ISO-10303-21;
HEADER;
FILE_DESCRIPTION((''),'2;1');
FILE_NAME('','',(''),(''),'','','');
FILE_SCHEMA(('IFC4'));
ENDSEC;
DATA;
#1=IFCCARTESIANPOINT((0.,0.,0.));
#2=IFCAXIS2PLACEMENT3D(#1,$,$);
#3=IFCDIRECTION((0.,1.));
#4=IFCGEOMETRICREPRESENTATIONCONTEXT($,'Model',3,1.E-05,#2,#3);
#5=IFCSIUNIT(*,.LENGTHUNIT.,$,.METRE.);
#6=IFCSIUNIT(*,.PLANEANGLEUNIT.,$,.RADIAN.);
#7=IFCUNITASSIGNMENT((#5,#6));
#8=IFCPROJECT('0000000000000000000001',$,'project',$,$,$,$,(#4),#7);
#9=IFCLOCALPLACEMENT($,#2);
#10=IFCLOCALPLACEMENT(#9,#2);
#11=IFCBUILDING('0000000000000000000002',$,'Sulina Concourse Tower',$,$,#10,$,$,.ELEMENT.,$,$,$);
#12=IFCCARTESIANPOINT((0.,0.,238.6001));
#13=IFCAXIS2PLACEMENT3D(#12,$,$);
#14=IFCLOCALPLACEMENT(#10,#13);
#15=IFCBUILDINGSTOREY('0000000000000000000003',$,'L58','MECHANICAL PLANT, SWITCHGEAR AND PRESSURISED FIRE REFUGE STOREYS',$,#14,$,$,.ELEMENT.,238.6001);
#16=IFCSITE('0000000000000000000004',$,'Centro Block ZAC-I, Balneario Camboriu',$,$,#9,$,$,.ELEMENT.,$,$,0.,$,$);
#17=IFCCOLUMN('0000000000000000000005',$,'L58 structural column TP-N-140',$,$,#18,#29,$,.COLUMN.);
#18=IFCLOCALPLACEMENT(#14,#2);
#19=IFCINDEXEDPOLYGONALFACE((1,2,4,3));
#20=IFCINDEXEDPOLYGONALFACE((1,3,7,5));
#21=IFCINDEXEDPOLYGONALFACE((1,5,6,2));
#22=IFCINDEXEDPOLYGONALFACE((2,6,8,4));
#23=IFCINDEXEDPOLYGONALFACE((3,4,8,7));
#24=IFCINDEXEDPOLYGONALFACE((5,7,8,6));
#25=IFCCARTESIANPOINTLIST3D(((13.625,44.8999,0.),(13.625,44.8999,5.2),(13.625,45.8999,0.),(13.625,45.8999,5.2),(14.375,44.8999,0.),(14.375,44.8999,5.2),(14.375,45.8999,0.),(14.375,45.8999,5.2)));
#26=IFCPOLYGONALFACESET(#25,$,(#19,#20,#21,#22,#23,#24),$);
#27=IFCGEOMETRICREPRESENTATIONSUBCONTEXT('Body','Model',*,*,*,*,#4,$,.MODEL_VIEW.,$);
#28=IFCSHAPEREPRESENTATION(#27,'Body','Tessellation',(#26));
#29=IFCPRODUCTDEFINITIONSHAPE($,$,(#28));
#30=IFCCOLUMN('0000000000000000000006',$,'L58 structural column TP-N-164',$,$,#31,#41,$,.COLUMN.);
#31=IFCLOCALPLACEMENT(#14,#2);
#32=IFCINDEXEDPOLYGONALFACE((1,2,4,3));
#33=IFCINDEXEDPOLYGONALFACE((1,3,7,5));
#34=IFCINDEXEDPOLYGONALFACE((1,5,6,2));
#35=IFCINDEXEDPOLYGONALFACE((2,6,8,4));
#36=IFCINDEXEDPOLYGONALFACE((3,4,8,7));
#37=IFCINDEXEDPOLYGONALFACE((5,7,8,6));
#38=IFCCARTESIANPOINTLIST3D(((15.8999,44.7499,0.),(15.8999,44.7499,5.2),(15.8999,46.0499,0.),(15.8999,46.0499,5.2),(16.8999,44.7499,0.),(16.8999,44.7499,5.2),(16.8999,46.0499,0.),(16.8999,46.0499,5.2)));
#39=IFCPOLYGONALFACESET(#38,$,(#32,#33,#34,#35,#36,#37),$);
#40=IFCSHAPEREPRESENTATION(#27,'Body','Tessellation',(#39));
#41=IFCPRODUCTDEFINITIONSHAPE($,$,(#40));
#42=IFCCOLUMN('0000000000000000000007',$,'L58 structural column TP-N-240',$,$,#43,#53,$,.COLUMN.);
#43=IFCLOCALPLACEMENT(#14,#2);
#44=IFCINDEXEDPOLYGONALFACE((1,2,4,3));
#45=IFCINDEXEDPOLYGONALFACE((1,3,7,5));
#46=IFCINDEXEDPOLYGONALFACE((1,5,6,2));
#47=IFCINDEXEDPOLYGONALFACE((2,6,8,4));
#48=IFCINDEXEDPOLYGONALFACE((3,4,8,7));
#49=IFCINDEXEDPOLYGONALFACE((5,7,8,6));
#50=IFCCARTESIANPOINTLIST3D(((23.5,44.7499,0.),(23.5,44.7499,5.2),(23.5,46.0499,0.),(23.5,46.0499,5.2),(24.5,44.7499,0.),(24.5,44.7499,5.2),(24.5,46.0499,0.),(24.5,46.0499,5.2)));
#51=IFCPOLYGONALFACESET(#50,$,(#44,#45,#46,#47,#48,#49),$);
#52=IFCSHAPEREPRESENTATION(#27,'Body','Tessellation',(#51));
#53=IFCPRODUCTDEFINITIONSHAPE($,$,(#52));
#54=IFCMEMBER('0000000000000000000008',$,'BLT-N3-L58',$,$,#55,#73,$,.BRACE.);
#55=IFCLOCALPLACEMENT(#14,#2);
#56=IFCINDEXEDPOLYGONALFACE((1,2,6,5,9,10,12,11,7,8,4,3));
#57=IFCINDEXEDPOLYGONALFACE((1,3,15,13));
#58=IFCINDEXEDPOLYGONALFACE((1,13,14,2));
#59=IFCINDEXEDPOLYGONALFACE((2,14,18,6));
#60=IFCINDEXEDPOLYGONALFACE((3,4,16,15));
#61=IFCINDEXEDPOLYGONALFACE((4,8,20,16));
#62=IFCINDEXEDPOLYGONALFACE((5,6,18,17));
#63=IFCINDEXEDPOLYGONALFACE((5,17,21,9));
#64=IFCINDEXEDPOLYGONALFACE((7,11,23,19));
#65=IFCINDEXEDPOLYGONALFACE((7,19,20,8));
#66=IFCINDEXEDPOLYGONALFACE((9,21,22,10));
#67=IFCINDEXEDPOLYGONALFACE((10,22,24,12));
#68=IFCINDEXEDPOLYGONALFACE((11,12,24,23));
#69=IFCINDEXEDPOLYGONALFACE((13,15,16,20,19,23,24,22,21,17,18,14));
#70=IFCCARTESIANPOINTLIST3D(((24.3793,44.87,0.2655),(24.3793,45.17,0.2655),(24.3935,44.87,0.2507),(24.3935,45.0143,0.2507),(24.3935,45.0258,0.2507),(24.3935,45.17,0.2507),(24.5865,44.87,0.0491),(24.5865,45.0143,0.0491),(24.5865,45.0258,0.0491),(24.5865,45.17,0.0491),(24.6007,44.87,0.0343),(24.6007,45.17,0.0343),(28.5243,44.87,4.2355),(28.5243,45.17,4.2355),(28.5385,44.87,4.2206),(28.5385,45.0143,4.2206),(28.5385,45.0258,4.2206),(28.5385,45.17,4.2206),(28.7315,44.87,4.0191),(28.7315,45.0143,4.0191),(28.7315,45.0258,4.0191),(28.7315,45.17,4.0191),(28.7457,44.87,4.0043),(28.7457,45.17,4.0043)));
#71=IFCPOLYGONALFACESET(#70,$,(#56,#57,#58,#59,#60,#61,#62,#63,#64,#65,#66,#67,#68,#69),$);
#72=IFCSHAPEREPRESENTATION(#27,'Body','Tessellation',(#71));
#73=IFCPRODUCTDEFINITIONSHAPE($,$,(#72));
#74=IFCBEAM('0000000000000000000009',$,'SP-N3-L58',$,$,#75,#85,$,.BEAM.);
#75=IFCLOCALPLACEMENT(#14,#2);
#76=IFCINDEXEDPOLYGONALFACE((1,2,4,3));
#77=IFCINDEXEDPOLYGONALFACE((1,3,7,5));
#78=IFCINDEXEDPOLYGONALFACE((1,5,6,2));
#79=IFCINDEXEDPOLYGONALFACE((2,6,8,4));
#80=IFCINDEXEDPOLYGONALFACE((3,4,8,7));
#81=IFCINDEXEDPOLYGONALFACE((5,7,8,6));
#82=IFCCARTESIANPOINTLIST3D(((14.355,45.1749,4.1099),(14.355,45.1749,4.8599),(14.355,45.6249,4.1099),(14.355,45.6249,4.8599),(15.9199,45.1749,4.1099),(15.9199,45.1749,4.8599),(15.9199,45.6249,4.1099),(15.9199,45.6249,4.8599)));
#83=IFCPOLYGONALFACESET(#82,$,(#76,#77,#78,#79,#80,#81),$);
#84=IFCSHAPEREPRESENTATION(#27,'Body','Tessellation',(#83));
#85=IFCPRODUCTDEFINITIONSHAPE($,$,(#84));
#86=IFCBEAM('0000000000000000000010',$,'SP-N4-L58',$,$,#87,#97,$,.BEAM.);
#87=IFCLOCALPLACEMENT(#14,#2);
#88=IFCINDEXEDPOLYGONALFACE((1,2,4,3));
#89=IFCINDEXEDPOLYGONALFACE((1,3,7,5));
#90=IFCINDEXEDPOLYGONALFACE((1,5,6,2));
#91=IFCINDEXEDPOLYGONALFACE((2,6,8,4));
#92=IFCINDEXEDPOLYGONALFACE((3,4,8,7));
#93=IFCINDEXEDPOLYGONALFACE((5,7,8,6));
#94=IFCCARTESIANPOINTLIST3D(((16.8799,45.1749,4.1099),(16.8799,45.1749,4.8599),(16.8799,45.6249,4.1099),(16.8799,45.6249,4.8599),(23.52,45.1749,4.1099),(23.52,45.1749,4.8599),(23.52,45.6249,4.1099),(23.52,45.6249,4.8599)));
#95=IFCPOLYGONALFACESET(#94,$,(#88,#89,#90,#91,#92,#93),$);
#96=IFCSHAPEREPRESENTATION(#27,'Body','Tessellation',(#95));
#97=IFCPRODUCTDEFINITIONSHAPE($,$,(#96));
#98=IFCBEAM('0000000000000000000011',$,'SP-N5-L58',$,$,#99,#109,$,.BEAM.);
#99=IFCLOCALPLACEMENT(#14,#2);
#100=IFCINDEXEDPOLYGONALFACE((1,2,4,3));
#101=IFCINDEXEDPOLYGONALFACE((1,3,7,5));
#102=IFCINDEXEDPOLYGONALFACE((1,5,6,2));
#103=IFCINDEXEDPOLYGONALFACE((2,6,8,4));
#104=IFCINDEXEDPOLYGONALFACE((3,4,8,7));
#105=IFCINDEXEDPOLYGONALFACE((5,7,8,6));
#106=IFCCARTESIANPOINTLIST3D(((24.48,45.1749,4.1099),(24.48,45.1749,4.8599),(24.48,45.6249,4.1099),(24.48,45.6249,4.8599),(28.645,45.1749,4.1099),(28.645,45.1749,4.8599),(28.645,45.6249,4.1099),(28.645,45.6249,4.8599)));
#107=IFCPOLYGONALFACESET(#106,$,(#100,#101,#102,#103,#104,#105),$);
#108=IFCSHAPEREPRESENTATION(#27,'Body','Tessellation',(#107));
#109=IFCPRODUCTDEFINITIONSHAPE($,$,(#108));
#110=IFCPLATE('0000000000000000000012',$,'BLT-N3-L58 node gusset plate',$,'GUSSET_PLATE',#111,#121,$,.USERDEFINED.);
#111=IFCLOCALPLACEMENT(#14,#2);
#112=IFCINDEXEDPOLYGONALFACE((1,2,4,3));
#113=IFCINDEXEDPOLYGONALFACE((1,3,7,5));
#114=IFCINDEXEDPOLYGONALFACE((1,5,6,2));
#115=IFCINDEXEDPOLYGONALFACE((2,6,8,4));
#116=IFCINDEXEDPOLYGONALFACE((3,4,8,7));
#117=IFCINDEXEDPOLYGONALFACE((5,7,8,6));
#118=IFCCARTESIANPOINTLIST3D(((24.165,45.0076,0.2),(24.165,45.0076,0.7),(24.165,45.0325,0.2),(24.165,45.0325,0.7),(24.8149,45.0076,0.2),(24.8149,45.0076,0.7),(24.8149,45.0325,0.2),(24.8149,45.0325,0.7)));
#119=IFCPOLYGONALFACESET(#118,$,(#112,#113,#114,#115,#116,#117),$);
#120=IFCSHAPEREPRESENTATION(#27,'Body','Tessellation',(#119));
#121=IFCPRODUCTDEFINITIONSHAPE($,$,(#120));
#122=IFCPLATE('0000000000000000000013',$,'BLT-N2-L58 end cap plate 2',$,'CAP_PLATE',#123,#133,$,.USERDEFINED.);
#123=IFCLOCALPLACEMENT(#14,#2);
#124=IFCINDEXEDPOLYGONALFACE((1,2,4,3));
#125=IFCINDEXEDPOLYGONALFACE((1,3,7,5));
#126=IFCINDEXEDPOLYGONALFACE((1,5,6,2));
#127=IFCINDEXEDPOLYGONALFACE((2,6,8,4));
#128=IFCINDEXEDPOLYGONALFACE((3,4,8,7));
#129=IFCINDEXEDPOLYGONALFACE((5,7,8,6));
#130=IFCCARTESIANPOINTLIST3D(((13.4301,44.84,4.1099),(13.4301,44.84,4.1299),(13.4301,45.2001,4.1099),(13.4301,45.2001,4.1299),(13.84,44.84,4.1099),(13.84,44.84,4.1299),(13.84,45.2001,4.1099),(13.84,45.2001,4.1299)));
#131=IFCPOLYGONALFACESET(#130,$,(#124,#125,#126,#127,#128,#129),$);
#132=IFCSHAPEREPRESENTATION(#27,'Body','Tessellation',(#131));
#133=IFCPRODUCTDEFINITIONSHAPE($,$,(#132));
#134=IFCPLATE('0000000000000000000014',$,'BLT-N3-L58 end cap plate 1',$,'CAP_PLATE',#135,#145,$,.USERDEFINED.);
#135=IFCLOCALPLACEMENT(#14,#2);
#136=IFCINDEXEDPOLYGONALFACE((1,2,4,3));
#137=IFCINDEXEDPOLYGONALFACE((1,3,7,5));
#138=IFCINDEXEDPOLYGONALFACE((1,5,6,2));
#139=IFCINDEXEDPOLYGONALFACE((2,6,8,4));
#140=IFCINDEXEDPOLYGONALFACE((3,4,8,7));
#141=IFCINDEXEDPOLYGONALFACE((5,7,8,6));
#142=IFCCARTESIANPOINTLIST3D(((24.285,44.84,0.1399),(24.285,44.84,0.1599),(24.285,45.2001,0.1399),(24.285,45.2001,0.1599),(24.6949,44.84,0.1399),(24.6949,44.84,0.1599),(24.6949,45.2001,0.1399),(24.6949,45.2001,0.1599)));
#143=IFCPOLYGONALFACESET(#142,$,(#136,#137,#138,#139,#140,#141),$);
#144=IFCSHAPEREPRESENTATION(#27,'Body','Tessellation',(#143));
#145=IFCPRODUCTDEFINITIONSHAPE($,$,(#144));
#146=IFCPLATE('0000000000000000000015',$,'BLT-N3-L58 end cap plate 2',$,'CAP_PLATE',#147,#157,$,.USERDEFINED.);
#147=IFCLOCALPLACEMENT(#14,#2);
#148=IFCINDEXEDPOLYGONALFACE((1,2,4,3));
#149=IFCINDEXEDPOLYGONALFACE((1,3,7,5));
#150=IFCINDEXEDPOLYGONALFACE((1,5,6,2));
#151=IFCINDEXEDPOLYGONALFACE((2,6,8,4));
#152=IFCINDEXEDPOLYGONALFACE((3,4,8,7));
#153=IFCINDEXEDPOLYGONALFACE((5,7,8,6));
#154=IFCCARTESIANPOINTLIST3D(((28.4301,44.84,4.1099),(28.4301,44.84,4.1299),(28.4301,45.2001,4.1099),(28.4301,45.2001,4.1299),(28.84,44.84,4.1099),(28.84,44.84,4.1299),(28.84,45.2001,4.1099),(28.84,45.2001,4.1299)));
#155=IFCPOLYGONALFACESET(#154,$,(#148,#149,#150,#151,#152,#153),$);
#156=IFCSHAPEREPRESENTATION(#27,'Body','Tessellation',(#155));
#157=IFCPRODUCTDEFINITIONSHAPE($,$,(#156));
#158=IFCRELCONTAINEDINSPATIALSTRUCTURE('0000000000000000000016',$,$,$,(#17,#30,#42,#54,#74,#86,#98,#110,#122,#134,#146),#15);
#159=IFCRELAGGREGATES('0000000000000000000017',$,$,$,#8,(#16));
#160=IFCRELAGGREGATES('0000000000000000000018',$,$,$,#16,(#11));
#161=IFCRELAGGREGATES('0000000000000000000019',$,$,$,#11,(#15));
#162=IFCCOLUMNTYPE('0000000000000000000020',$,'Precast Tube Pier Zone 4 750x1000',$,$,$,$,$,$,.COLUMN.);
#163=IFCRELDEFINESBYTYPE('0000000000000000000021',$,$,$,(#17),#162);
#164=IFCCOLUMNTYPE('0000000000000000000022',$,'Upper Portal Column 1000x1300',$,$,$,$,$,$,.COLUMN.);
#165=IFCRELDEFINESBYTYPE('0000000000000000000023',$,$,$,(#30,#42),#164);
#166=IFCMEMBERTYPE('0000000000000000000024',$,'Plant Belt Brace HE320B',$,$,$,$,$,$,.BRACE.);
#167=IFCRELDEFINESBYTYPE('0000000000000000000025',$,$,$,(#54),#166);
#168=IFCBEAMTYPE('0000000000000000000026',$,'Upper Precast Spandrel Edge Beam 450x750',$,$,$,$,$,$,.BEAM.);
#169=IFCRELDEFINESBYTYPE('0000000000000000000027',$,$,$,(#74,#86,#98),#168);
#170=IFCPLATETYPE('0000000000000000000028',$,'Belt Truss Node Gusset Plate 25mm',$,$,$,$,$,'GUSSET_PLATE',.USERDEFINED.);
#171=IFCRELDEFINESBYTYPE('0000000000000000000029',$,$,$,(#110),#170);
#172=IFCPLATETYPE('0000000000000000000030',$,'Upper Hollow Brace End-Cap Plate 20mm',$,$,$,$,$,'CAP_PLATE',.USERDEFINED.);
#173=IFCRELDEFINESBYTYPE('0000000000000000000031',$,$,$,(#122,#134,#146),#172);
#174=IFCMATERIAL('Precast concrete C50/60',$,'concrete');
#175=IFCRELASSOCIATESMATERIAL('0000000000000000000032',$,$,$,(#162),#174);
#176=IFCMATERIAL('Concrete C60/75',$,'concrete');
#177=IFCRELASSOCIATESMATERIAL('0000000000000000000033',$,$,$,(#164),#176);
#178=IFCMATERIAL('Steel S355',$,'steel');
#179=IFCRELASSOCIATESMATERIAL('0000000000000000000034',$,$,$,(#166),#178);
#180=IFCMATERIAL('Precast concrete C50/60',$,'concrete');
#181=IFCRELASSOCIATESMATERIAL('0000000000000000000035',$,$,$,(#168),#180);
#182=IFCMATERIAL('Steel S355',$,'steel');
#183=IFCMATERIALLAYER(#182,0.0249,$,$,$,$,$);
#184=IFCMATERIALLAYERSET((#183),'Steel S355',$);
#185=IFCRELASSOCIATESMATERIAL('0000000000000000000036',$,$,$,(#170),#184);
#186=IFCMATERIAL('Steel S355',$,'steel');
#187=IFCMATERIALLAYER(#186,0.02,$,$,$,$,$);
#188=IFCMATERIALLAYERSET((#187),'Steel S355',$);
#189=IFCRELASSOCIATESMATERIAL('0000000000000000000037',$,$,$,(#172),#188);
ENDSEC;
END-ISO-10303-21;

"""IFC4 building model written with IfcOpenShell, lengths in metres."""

from ifc_helpers import new_model, si_unit, direction, frame, origin, origin_2d, place, context, subcontext, project, spatial, rectangle, i_section, extrude, material, layer, layer_set, material_profile, profile_set, type_object, element, save


model = new_model("IFC4")

# Units and contexts
model_context = context("Model", 3, precision=1e-05, world=origin(), true_north=direction((0.0, 1.0)))
body_context = subcontext(model_context, "Body", "Model", "MODEL_VIEW")
ifc_project = project(units=[si_unit("LENGTHUNIT", "METRE"), si_unit("PLANEANGLEUNIT", "RADIAN")], contexts=[model_context])

# Site, building, storey
site_placement = place(None, origin())
site = spatial("IfcSite", under=ifc_project, at=site_placement, Name="Centro Block ZAC-I, Balneario Camboriu", CompositionType="ELEMENT", RefElevation=0.0)
building_placement = place(site_placement, origin())
building = spatial("IfcBuilding", under=site, at=building_placement, Name="Sulina Concourse Tower", CompositionType="ELEMENT")
storey_placement = place(building_placement, frame((0.0, 0.0, 238.6001)))
storey = spatial("IfcBuildingStorey", under=building, at=storey_placement, Name="L58", Description="MECHANICAL PLANT, SWITCHGEAR AND PRESSURISED FIRE REFUGE STOREYS", CompositionType="ELEMENT", Elevation=238.6001)

# Columns
ifc_material_1 = material(Name="Precast concrete C50/60", Category="concrete")
ifc_material_profile_1 = material_profile(ifc_material_1, rectangle(XDim=0.75, YDim=1.0, at=origin_2d()), Name="PC 750x1000")
ifc_profile_set_1 = profile_set([ifc_material_profile_1], Name="Precast concrete C50/60")
column_type_1 = type_object("IfcColumnType", Name="Precast Tube Pier Zone 4 750x1000", PredefinedType="COLUMN", material=ifc_profile_set_1)
column_placement = place(storey_placement, frame((14.0, 45.3999, 0.0), z_axis=(0.0, 0.0, 1.0), x_axis=(1.0, 0.0, 0.0)))
element("IfcColumn", 1, at=column_placement, inside=storey, type_object=column_type_1, Name="L58 structural column TP-N-140", PredefinedType="COLUMN", context=body_context, shape_type="SweptSolid", body=[
    extrude(rectangle(XDim=0.75, YDim=1.0, at=origin_2d()), origin(), (0.0, 0.0, 1.0), 5.2),
])
ifc_material_2 = material(Name="Concrete C60/75", Category="concrete")
ifc_material_profile_2 = material_profile(ifc_material_2, rectangle(XDim=1.0, YDim=1.3, at=origin_2d()), Name="RC 1000x1300")
ifc_profile_set_2 = profile_set([ifc_material_profile_2], Name="Concrete C60/75")
column_type_2 = type_object("IfcColumnType", Name="Upper Portal Column 1000x1300", PredefinedType="COLUMN", material=ifc_profile_set_2)
for number, where, z_axis, x_axis, name in (
    (2, (16.3999, 45.3999, 0.0), (0.0, 0.0, 1.0), (1.0, 0.0, 0.0), "L58 structural column TP-N-164"),
    (3, (24.0, 45.3999, 0.0), (0.0, 0.0, 1.0), (1.0, 0.0, 0.0), "L58 structural column TP-N-240"),
):
    element("IfcColumn", number, at=place(storey_placement, frame(where, z_axis=z_axis, x_axis=x_axis)), inside=storey, type_object=column_type_2, Name=name, PredefinedType="COLUMN", context=body_context, shape_type="SweptSolid", body=[
        extrude(rectangle(XDim=1.0, YDim=1.3, at=origin_2d()), origin(), (0.0, 0.0, 1.0), 5.2),
    ])

# Member
ifc_material_3 = material(Name="Steel S355", Category="steel")
ifc_material_profile_3 = material_profile(ifc_material_3, i_section(OverallWidth=0.3, OverallDepth=0.3201, WebThickness=0.0115, FlangeThickness=0.0205, at=origin_2d()), Name="HE 320 B")
ifc_profile_set_3 = profile_set([ifc_material_profile_3], Name="Steel S355")
member_type = type_object("IfcMemberType", Name="Plant Belt Brace HE320B", PredefinedType="BRACE", material=ifc_profile_set_3)
member_placement = place(storey_placement, frame((24.49, 45.02, 0.1499), z_axis=(0.722192, 0.0, 0.691693), x_axis=(0.0, 1.0, 0.0)))
element("IfcMember", 4, at=member_placement, inside=storey, type_object=member_type, Name="BLT-N3-L58", PredefinedType="BRACE", context=body_context, shape_type="SweptSolid", body=[
    extrude(i_section(OverallWidth=0.3, OverallDepth=0.3201, WebThickness=0.0115, FlangeThickness=0.0205, at=origin_2d()), origin(), (0.0, 0.0, 1.0), 5.7395),
])

# Beams
ifc_material_4 = material(Name="Precast concrete C50/60", Category="concrete")
ifc_material_profile_4 = material_profile(ifc_material_4, rectangle(XDim=0.45, YDim=0.75, at=origin_2d()), Name="RC 450x750")
ifc_profile_set_4 = profile_set([ifc_material_profile_4], Name="Precast concrete C50/60")
beam_type = type_object("IfcBeamType", Name="Upper Precast Spandrel Edge Beam 450x750", PredefinedType="BEAM", material=ifc_profile_set_4)
beam_1_placement = place(storey_placement, frame((14.355, 45.3999, 4.4849), z_axis=(1.0, 0.0, 0.0), x_axis=(0.0, 1.0, 0.0)))
element("IfcBeam", 5, at=beam_1_placement, inside=storey, type_object=beam_type, Name="SP-N3-L58", PredefinedType="BEAM", context=body_context, shape_type="SweptSolid", body=[
    extrude(rectangle(XDim=0.45, YDim=0.75, at=origin_2d()), origin(), (0.0, 0.0, 1.0), 1.5649),
])
beam_2_placement = place(storey_placement, frame((16.8799, 45.3999, 4.4849), z_axis=(1.0, 0.0, 0.0), x_axis=(0.0, 1.0, 0.0)))
element("IfcBeam", 6, at=beam_2_placement, inside=storey, type_object=beam_type, Name="SP-N4-L58", PredefinedType="BEAM", context=body_context, shape_type="SweptSolid", body=[
    extrude(rectangle(XDim=0.45, YDim=0.75, at=origin_2d()), origin(), (0.0, 0.0, 1.0), 6.6401),
])
beam_3_placement = place(storey_placement, frame((24.48, 45.3999, 4.4849), z_axis=(1.0, 0.0, 0.0), x_axis=(0.0, 1.0, 0.0)))
element("IfcBeam", 7, at=beam_3_placement, inside=storey, type_object=beam_type, Name="SP-N5-L58", PredefinedType="BEAM", context=body_context, shape_type="SweptSolid", body=[
    extrude(rectangle(XDim=0.45, YDim=0.75, at=origin_2d()), origin(), (0.0, 0.0, 1.0), 4.165),
])

# Plates
ifc_material_5 = material(Name="Steel S355", Category="steel")
ifc_layer_1 = layer(ifc_material_5, 0.0249)
ifc_layer_set_1 = layer_set([ifc_layer_1], Name="Steel S355")
plate_type_1 = type_object("IfcPlateType", Name="Belt Truss Node Gusset Plate 25mm", ElementType="GUSSET_PLATE", PredefinedType="USERDEFINED", material=ifc_layer_set_1)
plate_placement = place(storey_placement, frame((24.49, 45.02, 0.2), z_axis=(0.0, 0.0, 1.0), x_axis=(1.0, 0.0, 0.0)))
element("IfcPlate", 8, at=plate_placement, inside=storey, type_object=plate_type_1, Name="BLT-N3-L58 node gusset plate", ObjectType="GUSSET_PLATE", PredefinedType="USERDEFINED", context=body_context, shape_type="SweptSolid", body=[
    extrude(rectangle(XDim=0.6499, YDim=0.0249, at=origin_2d()), origin(), (0.0, 0.0, 1.0), 0.5),
])
ifc_material_6 = material(Name="Steel S355", Category="steel")
ifc_layer_2 = layer(ifc_material_6, 0.02)
ifc_layer_set_2 = layer_set([ifc_layer_2], Name="Steel S355")
plate_type_2 = type_object("IfcPlateType", Name="Upper Hollow Brace End-Cap Plate 20mm", ElementType="CAP_PLATE", PredefinedType="USERDEFINED", material=ifc_layer_set_2)
for number, where, z_axis, x_axis, name in (
    (9, (13.635, 45.02, 4.1099), (0.0, 0.0, 1.0), (1.0, 0.0, 0.0), "BLT-N2-L58 end cap plate 2"),
    (10, (24.49, 45.02, 0.1399), (0.0, 0.0, 1.0), (1.0, 0.0, 0.0), "BLT-N3-L58 end cap plate 1"),
    (11, (28.635, 45.02, 4.1099), (0.0, 0.0, 1.0), (1.0, 0.0, 0.0), "BLT-N3-L58 end cap plate 2"),
):
    element("IfcPlate", number, at=place(storey_placement, frame(where, z_axis=z_axis, x_axis=x_axis)), inside=storey, type_object=plate_type_2, Name=name, ObjectType="CAP_PLATE", PredefinedType="USERDEFINED", context=body_context, shape_type="SweptSolid", body=[
        extrude(rectangle(XDim=0.4099, YDim=0.3601, at=origin_2d()), origin(), (0.0, 0.0, 1.0), 0.02),
    ])

save(model, "model.ifc")
